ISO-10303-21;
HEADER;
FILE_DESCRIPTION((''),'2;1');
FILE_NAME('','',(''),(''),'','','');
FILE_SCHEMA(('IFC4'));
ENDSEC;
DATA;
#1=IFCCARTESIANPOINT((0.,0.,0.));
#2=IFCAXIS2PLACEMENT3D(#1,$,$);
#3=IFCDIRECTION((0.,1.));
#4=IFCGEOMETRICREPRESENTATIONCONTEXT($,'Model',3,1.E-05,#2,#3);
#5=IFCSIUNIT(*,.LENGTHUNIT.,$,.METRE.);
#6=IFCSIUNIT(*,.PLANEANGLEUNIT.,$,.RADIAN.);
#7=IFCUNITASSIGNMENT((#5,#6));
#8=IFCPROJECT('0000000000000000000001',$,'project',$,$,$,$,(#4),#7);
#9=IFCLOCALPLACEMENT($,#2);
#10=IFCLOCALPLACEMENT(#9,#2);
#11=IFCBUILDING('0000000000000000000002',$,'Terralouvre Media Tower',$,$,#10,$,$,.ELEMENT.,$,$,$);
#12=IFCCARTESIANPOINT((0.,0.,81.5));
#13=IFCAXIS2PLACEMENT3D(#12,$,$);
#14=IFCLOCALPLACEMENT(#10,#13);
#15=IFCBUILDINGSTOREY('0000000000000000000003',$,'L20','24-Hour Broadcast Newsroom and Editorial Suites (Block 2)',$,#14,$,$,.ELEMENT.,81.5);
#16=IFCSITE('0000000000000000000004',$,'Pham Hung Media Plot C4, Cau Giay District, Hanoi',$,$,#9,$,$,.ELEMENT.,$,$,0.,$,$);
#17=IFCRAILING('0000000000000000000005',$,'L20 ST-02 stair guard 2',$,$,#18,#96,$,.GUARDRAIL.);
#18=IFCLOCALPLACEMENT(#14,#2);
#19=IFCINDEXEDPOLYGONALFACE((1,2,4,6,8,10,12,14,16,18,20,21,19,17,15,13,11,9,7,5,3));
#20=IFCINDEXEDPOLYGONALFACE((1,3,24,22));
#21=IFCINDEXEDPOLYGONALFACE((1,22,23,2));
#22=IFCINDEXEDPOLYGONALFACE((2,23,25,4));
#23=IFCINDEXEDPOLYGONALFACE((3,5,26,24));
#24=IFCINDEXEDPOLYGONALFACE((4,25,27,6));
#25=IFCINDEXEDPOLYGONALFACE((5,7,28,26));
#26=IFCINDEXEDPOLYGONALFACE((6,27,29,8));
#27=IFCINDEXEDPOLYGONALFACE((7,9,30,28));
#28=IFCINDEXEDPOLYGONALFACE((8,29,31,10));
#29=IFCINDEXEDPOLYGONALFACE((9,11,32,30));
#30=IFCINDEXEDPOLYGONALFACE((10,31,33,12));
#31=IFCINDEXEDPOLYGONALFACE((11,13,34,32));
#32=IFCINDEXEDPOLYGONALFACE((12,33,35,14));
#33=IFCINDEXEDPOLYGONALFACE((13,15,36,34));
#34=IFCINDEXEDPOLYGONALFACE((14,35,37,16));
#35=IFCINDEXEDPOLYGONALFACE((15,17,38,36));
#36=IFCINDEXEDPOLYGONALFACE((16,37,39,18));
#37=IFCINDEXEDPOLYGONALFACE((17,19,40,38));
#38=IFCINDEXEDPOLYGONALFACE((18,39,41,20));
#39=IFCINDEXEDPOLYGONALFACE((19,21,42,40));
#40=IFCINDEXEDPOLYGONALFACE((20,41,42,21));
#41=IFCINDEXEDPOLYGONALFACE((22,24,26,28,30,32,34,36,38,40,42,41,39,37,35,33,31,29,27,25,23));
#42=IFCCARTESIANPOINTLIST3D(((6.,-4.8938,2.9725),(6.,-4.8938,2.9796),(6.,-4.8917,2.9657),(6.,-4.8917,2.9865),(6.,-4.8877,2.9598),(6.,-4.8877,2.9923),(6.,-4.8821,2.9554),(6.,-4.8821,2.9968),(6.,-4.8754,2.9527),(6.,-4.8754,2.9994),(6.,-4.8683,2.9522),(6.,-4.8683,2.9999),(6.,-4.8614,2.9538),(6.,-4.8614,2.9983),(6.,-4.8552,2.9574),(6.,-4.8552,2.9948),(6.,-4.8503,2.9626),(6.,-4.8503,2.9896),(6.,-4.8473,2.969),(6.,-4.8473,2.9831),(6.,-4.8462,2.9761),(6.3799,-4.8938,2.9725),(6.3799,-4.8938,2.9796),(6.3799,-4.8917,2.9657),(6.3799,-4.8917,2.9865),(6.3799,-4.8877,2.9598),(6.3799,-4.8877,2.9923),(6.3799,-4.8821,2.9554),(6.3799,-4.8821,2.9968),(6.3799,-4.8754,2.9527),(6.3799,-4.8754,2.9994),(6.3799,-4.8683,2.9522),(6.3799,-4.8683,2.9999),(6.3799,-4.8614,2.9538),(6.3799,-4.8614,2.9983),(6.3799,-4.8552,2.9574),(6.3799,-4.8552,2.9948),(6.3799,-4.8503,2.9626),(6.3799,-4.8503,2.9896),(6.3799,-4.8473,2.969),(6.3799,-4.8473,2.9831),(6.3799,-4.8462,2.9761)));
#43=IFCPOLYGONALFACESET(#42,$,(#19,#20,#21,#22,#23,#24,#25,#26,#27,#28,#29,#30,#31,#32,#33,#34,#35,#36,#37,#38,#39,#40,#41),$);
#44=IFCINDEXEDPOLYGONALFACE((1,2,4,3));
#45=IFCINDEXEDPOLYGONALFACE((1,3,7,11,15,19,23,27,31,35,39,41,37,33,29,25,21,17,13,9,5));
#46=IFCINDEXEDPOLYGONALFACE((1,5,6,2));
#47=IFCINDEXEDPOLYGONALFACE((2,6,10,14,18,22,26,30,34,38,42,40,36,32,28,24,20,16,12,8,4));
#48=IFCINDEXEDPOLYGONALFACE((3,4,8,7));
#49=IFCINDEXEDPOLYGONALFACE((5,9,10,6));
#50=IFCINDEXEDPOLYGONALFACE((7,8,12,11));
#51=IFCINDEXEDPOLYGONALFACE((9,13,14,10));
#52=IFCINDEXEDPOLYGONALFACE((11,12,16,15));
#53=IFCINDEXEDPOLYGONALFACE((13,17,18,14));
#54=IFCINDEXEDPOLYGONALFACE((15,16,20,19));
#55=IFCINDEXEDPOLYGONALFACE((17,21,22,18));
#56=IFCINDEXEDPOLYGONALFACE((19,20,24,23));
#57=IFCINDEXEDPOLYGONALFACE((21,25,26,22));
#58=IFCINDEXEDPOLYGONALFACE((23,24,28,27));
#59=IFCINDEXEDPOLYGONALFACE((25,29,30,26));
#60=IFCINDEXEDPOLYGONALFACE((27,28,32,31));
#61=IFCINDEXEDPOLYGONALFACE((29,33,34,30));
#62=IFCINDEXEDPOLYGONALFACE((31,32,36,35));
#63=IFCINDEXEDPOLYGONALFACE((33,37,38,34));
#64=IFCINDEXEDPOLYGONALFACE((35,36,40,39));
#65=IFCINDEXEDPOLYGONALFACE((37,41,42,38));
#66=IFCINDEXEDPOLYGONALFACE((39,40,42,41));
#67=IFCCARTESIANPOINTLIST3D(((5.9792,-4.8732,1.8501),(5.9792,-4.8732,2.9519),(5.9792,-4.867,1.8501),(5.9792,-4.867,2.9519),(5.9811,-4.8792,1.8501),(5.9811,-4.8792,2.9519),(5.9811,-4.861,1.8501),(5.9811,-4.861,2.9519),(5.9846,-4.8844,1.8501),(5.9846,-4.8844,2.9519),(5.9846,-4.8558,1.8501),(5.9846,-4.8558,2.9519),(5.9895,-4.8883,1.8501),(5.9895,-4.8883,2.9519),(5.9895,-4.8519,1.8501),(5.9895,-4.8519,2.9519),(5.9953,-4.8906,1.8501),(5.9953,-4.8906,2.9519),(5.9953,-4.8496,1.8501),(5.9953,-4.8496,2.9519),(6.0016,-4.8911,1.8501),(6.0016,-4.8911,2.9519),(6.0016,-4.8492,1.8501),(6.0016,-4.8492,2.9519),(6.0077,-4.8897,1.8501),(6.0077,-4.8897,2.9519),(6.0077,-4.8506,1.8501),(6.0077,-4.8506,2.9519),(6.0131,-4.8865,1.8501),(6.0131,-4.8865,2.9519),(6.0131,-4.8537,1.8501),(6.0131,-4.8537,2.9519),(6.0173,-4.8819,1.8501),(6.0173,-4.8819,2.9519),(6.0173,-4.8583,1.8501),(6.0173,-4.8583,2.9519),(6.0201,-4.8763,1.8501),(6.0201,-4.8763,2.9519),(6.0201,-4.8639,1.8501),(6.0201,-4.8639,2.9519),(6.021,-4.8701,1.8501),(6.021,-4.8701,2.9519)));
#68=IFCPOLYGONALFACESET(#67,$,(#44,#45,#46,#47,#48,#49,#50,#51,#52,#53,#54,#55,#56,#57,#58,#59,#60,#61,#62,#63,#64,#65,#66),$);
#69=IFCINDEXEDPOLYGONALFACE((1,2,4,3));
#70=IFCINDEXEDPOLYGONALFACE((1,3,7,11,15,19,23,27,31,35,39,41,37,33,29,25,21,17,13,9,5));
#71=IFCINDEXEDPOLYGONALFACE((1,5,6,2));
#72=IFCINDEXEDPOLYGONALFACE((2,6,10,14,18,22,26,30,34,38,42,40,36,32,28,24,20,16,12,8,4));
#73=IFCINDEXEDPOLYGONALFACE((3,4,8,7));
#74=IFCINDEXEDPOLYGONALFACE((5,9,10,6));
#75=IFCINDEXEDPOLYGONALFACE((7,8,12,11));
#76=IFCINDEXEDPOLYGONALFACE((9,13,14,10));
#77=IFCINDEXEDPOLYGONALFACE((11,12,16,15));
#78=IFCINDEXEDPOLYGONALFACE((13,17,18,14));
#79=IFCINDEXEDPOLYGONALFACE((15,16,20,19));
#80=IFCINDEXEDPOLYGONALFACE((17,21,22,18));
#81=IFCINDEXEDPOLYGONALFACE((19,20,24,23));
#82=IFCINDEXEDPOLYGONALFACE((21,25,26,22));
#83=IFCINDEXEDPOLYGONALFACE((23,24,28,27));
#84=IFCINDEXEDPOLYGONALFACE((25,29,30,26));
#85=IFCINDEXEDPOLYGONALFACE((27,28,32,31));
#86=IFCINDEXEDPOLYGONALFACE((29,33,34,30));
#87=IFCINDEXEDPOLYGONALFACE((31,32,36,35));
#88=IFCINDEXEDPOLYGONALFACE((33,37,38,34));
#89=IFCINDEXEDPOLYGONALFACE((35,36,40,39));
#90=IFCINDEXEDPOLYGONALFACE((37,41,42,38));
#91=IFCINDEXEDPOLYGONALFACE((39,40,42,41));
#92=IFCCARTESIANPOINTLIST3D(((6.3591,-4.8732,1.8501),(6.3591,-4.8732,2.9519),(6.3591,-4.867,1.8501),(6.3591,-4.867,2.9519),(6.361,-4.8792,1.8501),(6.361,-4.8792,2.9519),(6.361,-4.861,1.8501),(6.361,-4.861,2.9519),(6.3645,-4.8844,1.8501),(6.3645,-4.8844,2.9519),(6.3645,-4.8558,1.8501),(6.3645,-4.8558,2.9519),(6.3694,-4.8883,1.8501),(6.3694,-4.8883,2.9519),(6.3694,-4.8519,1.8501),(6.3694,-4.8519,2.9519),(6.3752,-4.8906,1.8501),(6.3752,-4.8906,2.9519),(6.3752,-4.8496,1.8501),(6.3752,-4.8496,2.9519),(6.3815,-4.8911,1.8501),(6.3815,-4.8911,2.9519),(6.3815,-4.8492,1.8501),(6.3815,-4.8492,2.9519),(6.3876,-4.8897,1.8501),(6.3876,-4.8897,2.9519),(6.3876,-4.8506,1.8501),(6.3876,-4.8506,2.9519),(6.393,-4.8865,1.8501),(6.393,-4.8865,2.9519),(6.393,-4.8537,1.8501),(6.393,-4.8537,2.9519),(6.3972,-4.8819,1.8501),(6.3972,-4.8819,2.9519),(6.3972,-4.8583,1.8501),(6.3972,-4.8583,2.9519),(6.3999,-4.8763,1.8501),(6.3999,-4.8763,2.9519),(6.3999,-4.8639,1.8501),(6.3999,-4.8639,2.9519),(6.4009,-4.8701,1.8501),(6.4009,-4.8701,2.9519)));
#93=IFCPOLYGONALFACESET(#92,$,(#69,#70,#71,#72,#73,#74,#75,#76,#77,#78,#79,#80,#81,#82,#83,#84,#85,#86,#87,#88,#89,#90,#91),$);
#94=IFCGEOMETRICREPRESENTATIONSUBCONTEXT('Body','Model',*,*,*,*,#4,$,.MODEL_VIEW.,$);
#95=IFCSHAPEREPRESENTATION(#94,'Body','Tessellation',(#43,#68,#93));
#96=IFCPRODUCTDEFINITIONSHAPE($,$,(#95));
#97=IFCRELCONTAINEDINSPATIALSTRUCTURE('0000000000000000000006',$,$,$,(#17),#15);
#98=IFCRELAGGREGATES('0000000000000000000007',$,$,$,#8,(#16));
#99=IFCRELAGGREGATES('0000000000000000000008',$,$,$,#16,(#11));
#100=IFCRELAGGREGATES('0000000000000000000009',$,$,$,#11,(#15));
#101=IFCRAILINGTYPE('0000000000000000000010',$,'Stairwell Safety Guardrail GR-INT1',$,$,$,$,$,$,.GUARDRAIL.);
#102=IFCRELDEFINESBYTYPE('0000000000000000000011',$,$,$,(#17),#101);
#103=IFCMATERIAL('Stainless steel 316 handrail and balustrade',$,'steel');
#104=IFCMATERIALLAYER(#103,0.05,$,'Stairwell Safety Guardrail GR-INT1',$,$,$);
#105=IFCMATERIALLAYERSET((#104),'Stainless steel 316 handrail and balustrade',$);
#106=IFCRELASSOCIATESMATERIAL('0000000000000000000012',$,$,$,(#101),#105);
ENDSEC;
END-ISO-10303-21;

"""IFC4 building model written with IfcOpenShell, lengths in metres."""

from ifc_helpers import new_model, si_unit, direction, frame, origin, origin_2d, place, context, subcontext, project, spatial, circle, extrude, material, layer, layer_set, type_object, element, save


model = new_model("IFC4")

# Units and contexts
model_context = context("Model", 3, precision=1e-05, world=origin(), true_north=direction((0.0, 1.0)))
body_context = subcontext(model_context, "Body", "Model", "MODEL_VIEW")
ifc_project = project(units=[si_unit("LENGTHUNIT", "METRE"), si_unit("PLANEANGLEUNIT", "RADIAN")], contexts=[model_context])

# Site, building, storey
site_placement = place(None, origin())
site = spatial("IfcSite", under=ifc_project, at=site_placement, Name="Pham Hung Media Plot C4, Cau Giay District, Hanoi", CompositionType="ELEMENT", RefElevation=0.0)
building_placement = place(site_placement, origin())
building = spatial("IfcBuilding", under=site, at=building_placement, Name="Terralouvre Media Tower", CompositionType="ELEMENT")
storey_placement = place(building_placement, frame((0.0, 0.0, 81.5)))
storey = spatial("IfcBuildingStorey", under=building, at=storey_placement, Name="L20", Description="24-Hour Broadcast Newsroom and Editorial Suites (Block 2)", CompositionType="ELEMENT", Elevation=81.5)

# Railing
ifc_material_1 = material(Name="Stainless steel 316 handrail and balustrade", Category="steel")
ifc_layer_1 = layer(ifc_material_1, 0.05, Name="Stairwell Safety Guardrail GR-INT1")
ifc_layer_set_1 = layer_set([ifc_layer_1], Name="Stainless steel 316 handrail and balustrade")
railing_type_1 = type_object("IfcRailingType", Name="Stairwell Safety Guardrail GR-INT1", PredefinedType="GUARDRAIL", material=ifc_layer_set_1)
railing_1_placement = place(storey_placement, frame((6.0, -4.8701, 1.8501)))
element("IfcRailing", 1, at=railing_1_placement, inside=storey, type_object=railing_type_1, Name="L20 ST-02 stair guard 2", PredefinedType="GUARDRAIL", context=body_context, shape_type="SweptSolid", body=[
    extrude(circle(Radius=0.0239, at=origin_2d()), frame((0.0, 0.0, 1.126), z_axis=(1.0, 0.0, 0.0), x_axis=(0.0, 1.0, 0.0)), (0.0, 0.0, 1.0), 0.3799),
    extrude(circle(Radius=0.021, at=origin_2d()), origin(), (0.0, 0.0, 1.0), 1.1018),
    extrude(circle(Radius=0.021, at=origin_2d()), frame((0.3799, 0.0, 0.0)), (0.0, 0.0, 1.0), 1.1018),
])

save(model, "model.ifc")
